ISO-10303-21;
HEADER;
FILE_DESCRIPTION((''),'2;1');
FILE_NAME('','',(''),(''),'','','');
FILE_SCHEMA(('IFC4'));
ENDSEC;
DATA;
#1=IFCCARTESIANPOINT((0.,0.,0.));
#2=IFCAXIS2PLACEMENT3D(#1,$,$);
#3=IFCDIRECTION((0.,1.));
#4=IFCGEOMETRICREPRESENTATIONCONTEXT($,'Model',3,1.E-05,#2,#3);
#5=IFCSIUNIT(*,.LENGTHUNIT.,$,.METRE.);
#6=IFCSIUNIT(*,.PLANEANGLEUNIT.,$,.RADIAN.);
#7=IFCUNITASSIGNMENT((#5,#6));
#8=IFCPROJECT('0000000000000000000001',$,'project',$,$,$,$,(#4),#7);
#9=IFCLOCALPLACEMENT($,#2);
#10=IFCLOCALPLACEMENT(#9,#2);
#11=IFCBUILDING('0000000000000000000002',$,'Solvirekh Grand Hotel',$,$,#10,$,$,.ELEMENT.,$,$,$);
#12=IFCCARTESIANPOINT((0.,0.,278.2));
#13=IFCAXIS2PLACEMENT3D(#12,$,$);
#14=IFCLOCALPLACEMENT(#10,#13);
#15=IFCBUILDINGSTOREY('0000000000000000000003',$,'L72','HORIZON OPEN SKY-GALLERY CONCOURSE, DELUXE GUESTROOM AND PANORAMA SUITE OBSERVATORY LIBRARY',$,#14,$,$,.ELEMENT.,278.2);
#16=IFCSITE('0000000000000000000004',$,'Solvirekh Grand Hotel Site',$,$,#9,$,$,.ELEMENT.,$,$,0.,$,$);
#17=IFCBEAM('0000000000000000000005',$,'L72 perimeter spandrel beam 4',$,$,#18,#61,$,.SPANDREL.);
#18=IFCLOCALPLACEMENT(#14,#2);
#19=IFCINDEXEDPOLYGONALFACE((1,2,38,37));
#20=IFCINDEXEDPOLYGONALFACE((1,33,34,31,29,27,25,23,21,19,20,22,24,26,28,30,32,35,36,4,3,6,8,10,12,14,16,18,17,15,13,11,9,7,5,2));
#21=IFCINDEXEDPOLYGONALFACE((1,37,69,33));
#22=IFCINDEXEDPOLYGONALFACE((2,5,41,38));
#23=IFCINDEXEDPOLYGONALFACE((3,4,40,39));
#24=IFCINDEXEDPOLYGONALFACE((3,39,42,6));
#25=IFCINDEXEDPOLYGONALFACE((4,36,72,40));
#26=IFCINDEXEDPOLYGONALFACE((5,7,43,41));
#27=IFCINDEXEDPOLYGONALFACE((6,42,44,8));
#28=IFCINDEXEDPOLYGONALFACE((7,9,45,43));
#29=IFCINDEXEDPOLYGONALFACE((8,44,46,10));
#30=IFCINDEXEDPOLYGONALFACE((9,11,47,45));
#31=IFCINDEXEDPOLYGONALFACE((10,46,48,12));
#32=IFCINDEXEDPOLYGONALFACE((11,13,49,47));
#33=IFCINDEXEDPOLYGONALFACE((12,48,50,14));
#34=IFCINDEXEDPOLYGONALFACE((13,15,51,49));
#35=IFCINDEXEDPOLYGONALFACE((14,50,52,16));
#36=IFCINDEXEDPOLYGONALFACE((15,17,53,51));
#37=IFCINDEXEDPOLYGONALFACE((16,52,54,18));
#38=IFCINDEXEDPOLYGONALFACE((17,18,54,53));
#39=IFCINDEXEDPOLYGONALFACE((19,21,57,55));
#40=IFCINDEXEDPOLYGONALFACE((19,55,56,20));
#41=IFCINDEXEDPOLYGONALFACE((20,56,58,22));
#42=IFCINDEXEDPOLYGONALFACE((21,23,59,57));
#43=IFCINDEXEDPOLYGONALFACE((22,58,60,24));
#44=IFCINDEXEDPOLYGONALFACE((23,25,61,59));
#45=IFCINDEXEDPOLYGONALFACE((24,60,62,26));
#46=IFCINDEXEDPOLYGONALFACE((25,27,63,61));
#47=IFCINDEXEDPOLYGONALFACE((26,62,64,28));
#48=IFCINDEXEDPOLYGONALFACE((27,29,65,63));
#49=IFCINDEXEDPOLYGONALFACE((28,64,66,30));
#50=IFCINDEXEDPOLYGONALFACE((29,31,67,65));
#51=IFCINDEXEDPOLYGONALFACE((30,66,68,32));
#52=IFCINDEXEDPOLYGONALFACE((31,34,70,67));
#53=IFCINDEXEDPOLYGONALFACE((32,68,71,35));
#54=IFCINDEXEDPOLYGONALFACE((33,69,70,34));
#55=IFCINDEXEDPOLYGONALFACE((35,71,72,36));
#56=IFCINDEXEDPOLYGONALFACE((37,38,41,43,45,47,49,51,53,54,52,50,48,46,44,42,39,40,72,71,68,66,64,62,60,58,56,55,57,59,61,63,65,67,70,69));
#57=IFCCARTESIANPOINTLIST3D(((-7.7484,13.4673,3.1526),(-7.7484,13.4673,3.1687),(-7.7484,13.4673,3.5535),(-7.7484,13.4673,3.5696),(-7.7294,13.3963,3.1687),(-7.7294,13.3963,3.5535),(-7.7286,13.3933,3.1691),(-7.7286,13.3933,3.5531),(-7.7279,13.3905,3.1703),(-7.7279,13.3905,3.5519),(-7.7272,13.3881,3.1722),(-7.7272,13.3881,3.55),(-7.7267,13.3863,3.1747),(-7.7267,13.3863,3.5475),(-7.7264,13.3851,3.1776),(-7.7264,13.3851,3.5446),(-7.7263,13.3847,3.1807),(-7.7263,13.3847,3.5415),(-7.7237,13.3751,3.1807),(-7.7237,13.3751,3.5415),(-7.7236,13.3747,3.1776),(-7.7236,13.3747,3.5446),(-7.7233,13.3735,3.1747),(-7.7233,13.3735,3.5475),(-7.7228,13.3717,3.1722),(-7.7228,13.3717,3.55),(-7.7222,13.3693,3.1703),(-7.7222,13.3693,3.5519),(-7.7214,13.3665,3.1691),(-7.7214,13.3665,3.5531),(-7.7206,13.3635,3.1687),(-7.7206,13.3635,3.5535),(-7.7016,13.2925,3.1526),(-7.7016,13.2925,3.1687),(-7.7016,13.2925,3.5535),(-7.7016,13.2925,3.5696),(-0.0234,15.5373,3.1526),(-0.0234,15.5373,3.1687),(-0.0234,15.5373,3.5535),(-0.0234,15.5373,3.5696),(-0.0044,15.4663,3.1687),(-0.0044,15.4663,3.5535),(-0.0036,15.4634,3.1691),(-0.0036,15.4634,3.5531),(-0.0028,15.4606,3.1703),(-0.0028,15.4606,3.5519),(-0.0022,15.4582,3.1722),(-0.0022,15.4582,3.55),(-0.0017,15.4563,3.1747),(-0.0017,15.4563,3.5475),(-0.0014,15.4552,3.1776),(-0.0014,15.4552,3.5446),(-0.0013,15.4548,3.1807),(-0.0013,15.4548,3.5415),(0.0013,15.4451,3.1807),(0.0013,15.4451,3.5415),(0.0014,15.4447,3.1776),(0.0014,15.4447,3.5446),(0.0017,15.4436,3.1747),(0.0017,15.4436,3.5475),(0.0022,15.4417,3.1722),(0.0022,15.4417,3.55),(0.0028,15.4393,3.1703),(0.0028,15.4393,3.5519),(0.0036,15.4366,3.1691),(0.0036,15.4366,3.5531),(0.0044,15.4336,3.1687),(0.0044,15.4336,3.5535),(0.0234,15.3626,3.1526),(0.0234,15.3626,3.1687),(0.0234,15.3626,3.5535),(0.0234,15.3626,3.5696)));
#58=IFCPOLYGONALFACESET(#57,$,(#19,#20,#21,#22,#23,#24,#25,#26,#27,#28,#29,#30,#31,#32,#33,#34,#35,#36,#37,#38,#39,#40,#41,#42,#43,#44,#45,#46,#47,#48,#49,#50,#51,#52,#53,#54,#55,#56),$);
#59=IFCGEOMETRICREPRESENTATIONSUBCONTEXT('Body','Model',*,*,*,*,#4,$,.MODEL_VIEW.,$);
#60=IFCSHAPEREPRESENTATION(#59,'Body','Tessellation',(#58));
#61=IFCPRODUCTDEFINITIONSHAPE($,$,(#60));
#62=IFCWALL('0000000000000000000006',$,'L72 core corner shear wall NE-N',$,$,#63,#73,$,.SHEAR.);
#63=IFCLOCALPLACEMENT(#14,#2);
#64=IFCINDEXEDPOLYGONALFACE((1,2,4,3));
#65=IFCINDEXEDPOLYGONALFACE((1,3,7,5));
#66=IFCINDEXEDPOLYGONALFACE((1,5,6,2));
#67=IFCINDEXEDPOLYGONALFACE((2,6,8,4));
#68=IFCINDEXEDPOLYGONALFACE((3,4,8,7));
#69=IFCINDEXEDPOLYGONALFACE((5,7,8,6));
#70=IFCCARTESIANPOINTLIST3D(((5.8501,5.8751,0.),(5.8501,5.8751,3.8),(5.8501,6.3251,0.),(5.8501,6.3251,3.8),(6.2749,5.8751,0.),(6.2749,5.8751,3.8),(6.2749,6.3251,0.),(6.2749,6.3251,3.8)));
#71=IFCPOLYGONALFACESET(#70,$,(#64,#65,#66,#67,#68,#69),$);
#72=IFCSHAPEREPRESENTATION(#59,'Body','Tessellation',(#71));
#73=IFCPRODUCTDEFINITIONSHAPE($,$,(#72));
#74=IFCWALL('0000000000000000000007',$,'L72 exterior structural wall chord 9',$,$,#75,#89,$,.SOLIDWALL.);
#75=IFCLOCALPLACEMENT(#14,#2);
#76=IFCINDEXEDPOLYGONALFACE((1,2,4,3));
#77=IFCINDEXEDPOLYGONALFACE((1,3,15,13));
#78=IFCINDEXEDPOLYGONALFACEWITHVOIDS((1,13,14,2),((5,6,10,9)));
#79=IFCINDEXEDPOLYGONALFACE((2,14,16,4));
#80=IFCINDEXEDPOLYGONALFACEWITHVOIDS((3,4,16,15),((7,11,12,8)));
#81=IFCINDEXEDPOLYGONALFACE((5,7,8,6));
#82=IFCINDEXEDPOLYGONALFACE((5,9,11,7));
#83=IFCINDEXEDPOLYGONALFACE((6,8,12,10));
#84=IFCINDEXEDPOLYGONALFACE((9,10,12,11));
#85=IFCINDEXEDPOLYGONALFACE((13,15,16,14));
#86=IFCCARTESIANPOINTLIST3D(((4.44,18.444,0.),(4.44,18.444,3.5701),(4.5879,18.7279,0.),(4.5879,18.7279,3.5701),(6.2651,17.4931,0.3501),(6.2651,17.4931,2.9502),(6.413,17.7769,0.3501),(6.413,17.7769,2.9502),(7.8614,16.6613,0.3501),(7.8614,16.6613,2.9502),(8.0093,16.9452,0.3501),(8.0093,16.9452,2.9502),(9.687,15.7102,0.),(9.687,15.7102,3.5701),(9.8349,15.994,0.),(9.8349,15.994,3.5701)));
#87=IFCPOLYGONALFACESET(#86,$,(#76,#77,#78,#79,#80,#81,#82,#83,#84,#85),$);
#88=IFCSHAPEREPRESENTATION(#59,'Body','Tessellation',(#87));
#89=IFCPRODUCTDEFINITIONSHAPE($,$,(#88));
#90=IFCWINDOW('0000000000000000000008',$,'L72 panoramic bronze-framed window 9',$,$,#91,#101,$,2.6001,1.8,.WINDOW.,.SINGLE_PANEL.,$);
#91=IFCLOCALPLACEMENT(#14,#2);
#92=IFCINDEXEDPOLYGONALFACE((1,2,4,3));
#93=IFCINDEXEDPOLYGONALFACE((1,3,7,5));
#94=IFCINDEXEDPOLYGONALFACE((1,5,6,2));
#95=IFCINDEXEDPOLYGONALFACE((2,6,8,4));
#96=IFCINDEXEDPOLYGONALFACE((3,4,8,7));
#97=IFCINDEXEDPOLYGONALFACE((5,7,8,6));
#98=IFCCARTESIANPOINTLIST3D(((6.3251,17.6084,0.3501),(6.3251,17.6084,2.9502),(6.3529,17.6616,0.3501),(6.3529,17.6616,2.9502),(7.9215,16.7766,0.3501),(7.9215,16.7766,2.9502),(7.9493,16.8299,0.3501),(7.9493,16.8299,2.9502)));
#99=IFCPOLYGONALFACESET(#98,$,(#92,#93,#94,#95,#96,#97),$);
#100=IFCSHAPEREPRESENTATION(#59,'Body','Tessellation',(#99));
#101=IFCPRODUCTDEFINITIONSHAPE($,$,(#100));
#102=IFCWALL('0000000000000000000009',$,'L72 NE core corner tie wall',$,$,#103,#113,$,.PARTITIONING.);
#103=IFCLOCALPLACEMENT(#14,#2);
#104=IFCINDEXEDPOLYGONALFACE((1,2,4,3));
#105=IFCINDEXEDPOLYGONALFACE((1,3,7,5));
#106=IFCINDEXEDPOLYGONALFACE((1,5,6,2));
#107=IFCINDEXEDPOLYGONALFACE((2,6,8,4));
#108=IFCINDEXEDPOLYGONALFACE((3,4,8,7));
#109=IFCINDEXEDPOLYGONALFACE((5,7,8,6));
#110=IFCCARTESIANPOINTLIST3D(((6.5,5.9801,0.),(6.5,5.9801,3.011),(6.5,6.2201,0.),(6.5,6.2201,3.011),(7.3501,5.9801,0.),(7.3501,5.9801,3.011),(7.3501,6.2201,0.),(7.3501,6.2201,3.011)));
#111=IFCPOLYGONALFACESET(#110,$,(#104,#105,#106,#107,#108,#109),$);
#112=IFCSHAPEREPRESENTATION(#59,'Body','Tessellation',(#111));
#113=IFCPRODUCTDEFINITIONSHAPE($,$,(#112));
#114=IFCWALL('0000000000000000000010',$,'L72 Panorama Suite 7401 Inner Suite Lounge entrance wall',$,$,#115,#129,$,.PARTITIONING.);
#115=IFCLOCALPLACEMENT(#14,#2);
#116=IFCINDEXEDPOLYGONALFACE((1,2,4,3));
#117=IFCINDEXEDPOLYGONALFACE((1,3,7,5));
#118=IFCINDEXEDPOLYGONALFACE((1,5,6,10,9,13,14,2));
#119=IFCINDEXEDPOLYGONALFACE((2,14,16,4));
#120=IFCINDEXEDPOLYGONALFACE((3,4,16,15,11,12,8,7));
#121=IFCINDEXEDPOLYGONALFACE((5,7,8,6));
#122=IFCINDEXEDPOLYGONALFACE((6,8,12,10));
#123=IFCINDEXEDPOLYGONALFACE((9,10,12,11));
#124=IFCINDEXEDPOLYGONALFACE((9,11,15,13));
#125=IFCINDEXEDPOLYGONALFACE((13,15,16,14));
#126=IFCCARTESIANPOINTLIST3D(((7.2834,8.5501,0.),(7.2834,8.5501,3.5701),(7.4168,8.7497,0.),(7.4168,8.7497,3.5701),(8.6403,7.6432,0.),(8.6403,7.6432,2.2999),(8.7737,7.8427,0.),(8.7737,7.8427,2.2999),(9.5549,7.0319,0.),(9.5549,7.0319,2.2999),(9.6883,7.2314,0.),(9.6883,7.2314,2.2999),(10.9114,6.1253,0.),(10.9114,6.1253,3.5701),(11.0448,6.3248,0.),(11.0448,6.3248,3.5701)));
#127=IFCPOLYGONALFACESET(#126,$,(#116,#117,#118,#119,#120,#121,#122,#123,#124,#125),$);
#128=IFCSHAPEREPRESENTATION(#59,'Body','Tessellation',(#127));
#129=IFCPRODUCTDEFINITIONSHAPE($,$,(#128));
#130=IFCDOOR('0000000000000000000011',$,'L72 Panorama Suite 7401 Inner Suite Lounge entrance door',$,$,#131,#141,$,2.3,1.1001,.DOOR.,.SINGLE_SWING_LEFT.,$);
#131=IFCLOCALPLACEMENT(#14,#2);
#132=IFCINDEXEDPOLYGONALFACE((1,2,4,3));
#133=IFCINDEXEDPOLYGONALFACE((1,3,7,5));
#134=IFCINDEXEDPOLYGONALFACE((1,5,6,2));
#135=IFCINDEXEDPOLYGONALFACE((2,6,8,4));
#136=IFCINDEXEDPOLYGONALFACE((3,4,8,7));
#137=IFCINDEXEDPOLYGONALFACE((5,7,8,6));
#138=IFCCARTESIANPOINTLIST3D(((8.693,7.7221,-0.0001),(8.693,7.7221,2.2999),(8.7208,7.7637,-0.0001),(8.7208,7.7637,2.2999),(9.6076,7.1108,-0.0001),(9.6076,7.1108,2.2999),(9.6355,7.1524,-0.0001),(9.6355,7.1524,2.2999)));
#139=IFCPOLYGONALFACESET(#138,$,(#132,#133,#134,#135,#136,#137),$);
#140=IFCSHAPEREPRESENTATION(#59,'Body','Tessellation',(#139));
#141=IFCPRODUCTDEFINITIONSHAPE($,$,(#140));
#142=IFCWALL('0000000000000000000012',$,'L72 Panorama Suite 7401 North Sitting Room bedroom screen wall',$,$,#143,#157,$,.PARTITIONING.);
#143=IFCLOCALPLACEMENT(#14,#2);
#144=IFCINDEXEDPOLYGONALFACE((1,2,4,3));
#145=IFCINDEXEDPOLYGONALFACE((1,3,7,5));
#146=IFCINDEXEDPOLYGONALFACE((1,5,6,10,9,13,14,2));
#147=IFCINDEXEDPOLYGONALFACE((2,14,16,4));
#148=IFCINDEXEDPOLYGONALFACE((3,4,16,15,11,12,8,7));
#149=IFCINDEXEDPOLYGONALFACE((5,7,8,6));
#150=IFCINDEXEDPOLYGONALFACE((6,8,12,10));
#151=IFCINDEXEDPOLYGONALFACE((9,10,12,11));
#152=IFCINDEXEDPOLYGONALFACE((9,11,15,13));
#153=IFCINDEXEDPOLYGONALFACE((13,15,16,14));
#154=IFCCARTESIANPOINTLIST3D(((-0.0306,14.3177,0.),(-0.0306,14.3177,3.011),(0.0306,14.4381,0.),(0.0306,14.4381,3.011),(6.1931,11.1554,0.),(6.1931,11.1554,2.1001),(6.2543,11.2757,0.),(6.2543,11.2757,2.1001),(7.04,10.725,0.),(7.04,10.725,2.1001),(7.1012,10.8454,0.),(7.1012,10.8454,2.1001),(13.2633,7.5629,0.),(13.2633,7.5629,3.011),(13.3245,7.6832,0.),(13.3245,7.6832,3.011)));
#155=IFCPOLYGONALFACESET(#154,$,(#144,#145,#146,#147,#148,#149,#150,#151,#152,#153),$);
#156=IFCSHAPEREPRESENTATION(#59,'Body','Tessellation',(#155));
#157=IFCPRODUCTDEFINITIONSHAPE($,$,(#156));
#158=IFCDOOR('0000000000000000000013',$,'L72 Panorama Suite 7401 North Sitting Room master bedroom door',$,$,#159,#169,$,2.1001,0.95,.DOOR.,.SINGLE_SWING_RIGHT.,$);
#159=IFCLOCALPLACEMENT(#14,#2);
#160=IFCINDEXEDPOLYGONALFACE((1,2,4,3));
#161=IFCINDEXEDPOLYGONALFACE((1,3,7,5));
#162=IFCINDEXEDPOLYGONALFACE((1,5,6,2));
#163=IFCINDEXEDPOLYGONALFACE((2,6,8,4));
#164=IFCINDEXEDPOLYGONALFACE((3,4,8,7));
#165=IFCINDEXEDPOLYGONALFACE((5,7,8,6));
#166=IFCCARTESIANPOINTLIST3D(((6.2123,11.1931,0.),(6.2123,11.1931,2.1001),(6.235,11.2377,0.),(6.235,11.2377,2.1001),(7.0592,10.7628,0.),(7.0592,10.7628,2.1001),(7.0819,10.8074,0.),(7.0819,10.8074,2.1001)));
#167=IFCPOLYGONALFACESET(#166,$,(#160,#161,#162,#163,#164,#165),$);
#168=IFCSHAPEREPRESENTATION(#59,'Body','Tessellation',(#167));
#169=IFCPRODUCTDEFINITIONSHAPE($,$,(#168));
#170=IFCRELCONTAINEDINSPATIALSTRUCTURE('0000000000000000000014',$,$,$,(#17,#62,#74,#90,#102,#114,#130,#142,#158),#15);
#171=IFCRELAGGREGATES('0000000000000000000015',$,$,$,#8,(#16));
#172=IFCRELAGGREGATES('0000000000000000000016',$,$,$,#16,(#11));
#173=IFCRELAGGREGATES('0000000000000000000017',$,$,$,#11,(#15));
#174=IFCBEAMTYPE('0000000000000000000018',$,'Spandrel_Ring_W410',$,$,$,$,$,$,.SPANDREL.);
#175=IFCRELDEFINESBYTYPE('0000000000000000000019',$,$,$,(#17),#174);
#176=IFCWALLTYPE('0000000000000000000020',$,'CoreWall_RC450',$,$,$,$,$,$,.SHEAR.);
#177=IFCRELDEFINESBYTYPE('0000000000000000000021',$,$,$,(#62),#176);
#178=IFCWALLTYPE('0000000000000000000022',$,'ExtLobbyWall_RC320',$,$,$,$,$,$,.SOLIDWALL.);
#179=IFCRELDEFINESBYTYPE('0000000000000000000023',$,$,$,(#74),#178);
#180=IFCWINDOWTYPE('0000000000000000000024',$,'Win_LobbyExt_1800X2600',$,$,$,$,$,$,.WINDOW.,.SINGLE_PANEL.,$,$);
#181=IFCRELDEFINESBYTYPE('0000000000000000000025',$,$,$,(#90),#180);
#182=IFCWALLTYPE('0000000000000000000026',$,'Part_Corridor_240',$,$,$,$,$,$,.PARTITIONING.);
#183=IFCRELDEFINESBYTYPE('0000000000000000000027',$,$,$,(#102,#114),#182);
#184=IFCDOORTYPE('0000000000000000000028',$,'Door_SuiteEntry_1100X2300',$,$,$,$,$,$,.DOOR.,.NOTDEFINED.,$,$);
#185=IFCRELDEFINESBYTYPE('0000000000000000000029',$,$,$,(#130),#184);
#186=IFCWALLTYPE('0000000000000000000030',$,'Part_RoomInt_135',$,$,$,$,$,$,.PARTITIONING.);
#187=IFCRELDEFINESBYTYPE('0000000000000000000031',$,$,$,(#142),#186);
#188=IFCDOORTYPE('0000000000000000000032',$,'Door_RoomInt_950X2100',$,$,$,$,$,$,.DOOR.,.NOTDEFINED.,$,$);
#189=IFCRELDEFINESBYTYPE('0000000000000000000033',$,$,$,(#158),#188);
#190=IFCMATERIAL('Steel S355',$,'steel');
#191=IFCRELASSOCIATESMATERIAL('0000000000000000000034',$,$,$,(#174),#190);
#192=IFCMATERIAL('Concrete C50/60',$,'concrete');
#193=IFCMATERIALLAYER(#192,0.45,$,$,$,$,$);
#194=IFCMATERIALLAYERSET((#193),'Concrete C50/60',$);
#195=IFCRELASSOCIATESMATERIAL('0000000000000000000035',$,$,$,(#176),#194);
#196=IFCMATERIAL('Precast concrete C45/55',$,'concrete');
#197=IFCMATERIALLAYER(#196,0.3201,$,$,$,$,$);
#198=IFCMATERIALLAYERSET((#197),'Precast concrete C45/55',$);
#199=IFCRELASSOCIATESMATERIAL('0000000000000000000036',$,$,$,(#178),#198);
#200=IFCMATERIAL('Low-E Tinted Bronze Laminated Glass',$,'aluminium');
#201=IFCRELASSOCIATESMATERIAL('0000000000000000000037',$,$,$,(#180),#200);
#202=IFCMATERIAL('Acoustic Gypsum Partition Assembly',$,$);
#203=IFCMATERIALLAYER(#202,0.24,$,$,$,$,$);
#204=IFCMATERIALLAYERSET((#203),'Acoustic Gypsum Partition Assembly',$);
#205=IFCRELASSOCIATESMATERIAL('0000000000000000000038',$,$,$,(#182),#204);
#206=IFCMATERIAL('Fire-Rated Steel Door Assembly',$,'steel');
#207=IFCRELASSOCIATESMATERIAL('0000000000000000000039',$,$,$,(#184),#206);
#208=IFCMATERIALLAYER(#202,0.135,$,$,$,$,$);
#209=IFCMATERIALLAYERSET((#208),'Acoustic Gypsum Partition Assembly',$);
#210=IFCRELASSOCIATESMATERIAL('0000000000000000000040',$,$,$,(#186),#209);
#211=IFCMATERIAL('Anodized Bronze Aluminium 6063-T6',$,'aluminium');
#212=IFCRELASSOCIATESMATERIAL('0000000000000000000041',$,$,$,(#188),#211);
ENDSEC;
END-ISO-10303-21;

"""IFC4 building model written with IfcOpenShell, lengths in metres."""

from ifc_helpers import new_model, si_unit, direction, frame, frame_2d, origin, origin_2d, place, context, subcontext, project, spatial, rectangle, i_section, extrude, material, layer, layer_set, material_profile, profile_set, type_object, element, fill, save


model = new_model("IFC4")

# Units and contexts
model_context = context("Model", 3, precision=1e-05, world=origin(), true_north=direction((0.0, 1.0)))
body_context = subcontext(model_context, "Body", "Model", "MODEL_VIEW")
ifc_project = project(units=[si_unit("LENGTHUNIT", "METRE"), si_unit("PLANEANGLEUNIT", "RADIAN")], contexts=[model_context])

# Site, building, storey
site_placement = place(None, origin())
site = spatial("IfcSite", under=ifc_project, at=site_placement, Name="Solvirekh Grand Hotel Site", CompositionType="ELEMENT", RefElevation=0.0)
building_placement = place(site_placement, origin())
building = spatial("IfcBuilding", under=site, at=building_placement, Name="Solvirekh Grand Hotel", CompositionType="ELEMENT")
storey_placement = place(building_placement, frame((0.0, 0.0, 278.2)))
storey = spatial("IfcBuildingStorey", under=building, at=storey_placement, Name="L72", Description="HORIZON OPEN SKY-GALLERY CONCOURSE, DELUXE GUESTROOM AND PANORAMA SUITE OBSERVATORY LIBRARY", CompositionType="ELEMENT", Elevation=278.2)

# Shared definitions
ifc_material_1 = material(Name="Concrete C50/60", Category="concrete")

# Beam
ifc_material_2 = material(Name="Steel S355", Category="steel")
ifc_material_profile_1 = material_profile(ifc_material_2, i_section(OverallWidth=0.1809, OverallDepth=0.417, WebThickness=0.01, FlangeThickness=0.0161, FilletRadius=0.012, at=origin_2d()), Name="W410X85")
ifc_profile_set_1 = profile_set([ifc_material_profile_1], Name="Steel S355")
beam_type_1 = type_object("IfcBeamType", Name="Spandrel_Ring_W410", PredefinedType="SPANDREL", material=ifc_profile_set_1)
beam_1_placement = place(storey_placement, frame((0.0, 15.45, 3.3611), z_axis=(-0.965922, -0.258835, 0.0), x_axis=(0.258835, -0.965922, 0.0)))
element("IfcBeam", 1, at=beam_1_placement, inside=storey, type_object=beam_type_1, Name="L72 perimeter spandrel beam 4", PredefinedType="SPANDREL", context=body_context, shape_type="SweptSolid", body=[
    extrude(i_section(OverallWidth=0.1809, OverallDepth=0.417, WebThickness=0.01, FlangeThickness=0.0161, FilletRadius=0.012, at=origin_2d()), origin(), (0.0, 0.0, 1.0), 7.9976),
])

# Wall
ifc_layer_1 = layer(ifc_material_1, 0.45)
ifc_layer_set_1 = layer_set([ifc_layer_1], Name="Concrete C50/60")
wall_type_1 = type_object("IfcWallType", Name="CoreWall_RC450", PredefinedType="SHEAR", material=ifc_layer_set_1)
wall_1_placement = place(storey_placement, frame((5.8501, 6.1001, 0.0), z_axis=(0.0, 0.0, 1.0), x_axis=(1.0, 0.0, 0.0)))
element("IfcWall", 2, at=wall_1_placement, inside=storey, type_object=wall_type_1, Name="L72 core corner shear wall NE-N", PredefinedType="SHEAR", context=body_context, shape_type="SweptSolid", body=[
    extrude(rectangle(XDim=0.4248, YDim=0.45, at=frame_2d((0.2124, 0.0))), origin(), (0.0, 0.0, 1.0), 3.8),
])

# Wall, opening, window
ifc_material_3 = material(Name="Precast concrete C45/55", Category="concrete")
ifc_layer_2 = layer(ifc_material_3, 0.3201)
ifc_layer_set_2 = layer_set([ifc_layer_2], Name="Precast concrete C45/55")
wall_type_2 = type_object("IfcWallType", Name="ExtLobbyWall_RC320", PredefinedType="SOLIDWALL", material=ifc_layer_set_2)
wall_2_placement = place(storey_placement, frame((4.5139, 18.5859, 0.0), z_axis=(0.0, 0.0, 1.0), x_axis=(0.886842, -0.462072, 0.0)))
wall_2 = element("IfcWall", 3, at=wall_2_placement, inside=storey, type_object=wall_type_2, Name="L72 exterior structural wall chord 9", PredefinedType="SOLIDWALL", context=body_context, shape_type="SweptSolid", body=[
    extrude(rectangle(XDim=5.9165, YDim=0.3201, at=frame_2d((2.9583, 0.0))), origin(), (0.0, 0.0, 1.0), 3.5701),
])
opening_1_placement = place(wall_2_placement, frame((2.0581, 0.0, 0.3501)))
opening_1 = element("IfcOpeningElement", 4, at=opening_1_placement, cuts=wall_2, PredefinedType="OPENING", context=body_context, shape_type="SweptSolid", body=[
    extrude(rectangle(XDim=1.8, YDim=2.6001, at=frame_2d((0.8999, 1.3))), frame((0.0, 0.1699, 0.0), z_axis=(0.0, -1.0, 0.0), x_axis=(1.0, 0.0, 0.0)), (0.0, 0.0, 1.0), 0.3401),
])
ifc_material_4 = material(Name="Low-E Tinted Bronze Laminated Glass", Category="aluminium")
window_type = type_object("IfcWindowType", Name="Win_LobbyExt_1800X2600", PartitioningType="SINGLE_PANEL", PredefinedType="WINDOW", material=ifc_material_4)
window_placement = place(opening_1_placement, origin())
window = element("IfcWindow", 5, at=window_placement, inside=storey, type_object=window_type, Name="L72 panoramic bronze-framed window 9", OverallHeight=2.6001, OverallWidth=1.8, PartitioningType="SINGLE_PANEL", PredefinedType="WINDOW", context=body_context, shape_type="SweptSolid", body=[
    extrude(rectangle(XDim=1.8, YDim=2.6001, at=frame_2d((0.8999, 1.3))), frame((0.0, 0.03, 0.0), z_axis=(0.0, -1.0, 0.0), x_axis=(1.0, 0.0, 0.0)), (0.0, 0.0, 1.0), 0.0601),
])
fill(opening_1, window)

# Wall
ifc_material_5 = material(Name="Acoustic Gypsum Partition Assembly")
ifc_layer_3 = layer(ifc_material_5, 0.24)
ifc_layer_set_3 = layer_set([ifc_layer_3], Name="Acoustic Gypsum Partition Assembly")
wall_type_3 = type_object("IfcWallType", Name="Part_Corridor_240", PredefinedType="PARTITIONING", material=ifc_layer_set_3)
wall_3_placement = place(storey_placement, frame((6.5, 6.1001, 0.0), z_axis=(0.0, 0.0, 1.0), x_axis=(1.0, 0.0, 0.0)))
element("IfcWall", 6, at=wall_3_placement, inside=storey, type_object=wall_type_3, Name="L72 NE core corner tie wall", PredefinedType="PARTITIONING", context=body_context, shape_type="SweptSolid", body=[
    extrude(rectangle(XDim=0.8501, YDim=0.24, at=frame_2d((0.425, 0.0))), origin(), (0.0, 0.0, 1.0), 3.011),
])

# Walls, openings, doors
wall_4_placement = place(storey_placement, frame((7.3501, 8.6499, 0.0), z_axis=(0.0, 0.0, 1.0), x_axis=(0.831396, -0.555681, 0.0)))
wall_4 = element("IfcWall", 7, at=wall_4_placement, inside=storey, type_object=wall_type_3, Name="L72 Panorama Suite 7401 Inner Suite Lounge entrance wall", PredefinedType="PARTITIONING", context=body_context, shape_type="SweptSolid", body=[
    extrude(rectangle(XDim=4.3638, YDim=0.24, at=frame_2d((2.1819, 0.0))), origin(), (0.0, 0.0, 1.0), 3.5701),
])
opening_2_placement = place(wall_4_placement, frame((1.6321, 0.0, 0.0)))
opening_2 = element("IfcOpeningElement", 8, at=opening_2_placement, cuts=wall_4, PredefinedType="OPENING", context=body_context, shape_type="SweptSolid", body=[
    extrude(rectangle(XDim=1.1001, YDim=2.3, at=frame_2d((0.55, 1.1499))), frame((0.0, 0.1299, 0.0), z_axis=(0.0, -1.0, 0.0), x_axis=(1.0, 0.0, 0.0)), (0.0, 0.0, 1.0), 0.26),
])
ifc_material_6 = material(Name="Fire-Rated Steel Door Assembly", Category="steel")
door_type_1 = type_object("IfcDoorType", Name="Door_SuiteEntry_1100X2300", OperationType="NOTDEFINED", PredefinedType="DOOR", material=ifc_material_6)
door_1_placement = place(opening_2_placement, origin())
door_1 = element("IfcDoor", 9, at=door_1_placement, inside=storey, type_object=door_type_1, Name="L72 Panorama Suite 7401 Inner Suite Lounge entrance door", OperationType="SINGLE_SWING_LEFT", OverallHeight=2.3, OverallWidth=1.1001, PredefinedType="DOOR", context=body_context, shape_type="SweptSolid", body=[
    extrude(rectangle(XDim=1.1001, YDim=2.3, at=frame_2d((0.55, 1.1499))), frame((0.0, 0.0249, 0.0), z_axis=(0.0, -1.0, 0.0), x_axis=(1.0, 0.0, 0.0)), (0.0, 0.0, 1.0), 0.05),
])
fill(opening_2, door_1)
ifc_layer_4 = layer(ifc_material_5, 0.135)
ifc_layer_set_4 = layer_set([ifc_layer_4], Name="Acoustic Gypsum Partition Assembly")
wall_type_4 = type_object("IfcWallType", Name="Part_RoomInt_135", PredefinedType="PARTITIONING", material=ifc_layer_set_4)
wall_5_placement = place(storey_placement, frame((0.0, 14.3779, 0.0), z_axis=(0.0, 0.0, 1.0), x_axis=(0.891514, -0.452994, 0.0)))
wall_5 = element("IfcWall", 10, at=wall_5_placement, inside=storey, type_object=wall_type_4, Name="L72 Panorama Suite 7401 North Sitting Room bedroom screen wall", PredefinedType="PARTITIONING", context=body_context, shape_type="SweptSolid", body=[
    extrude(rectangle(XDim=14.9116, YDim=0.135, at=frame_2d((7.4558, 0.0))), origin(), (0.0, 0.0, 1.0), 3.011),
])
opening_3_placement = place(wall_5_placement, frame((6.981, 0.0, 0.0)))
opening_3 = element("IfcOpeningElement", 11, at=opening_3_placement, cuts=wall_5, PredefinedType="OPENING", context=body_context, shape_type="SweptSolid", body=[
    extrude(rectangle(XDim=0.95, YDim=2.1001, at=frame_2d((0.4751, 1.05))), frame((0.0, 0.0776, 0.0), z_axis=(0.0, -1.0, 0.0), x_axis=(1.0, 0.0, 0.0)), (0.0, 0.0, 1.0), 0.155),
])
ifc_material_7 = material(Name="Anodized Bronze Aluminium 6063-T6", Category="aluminium")
door_type_2 = type_object("IfcDoorType", Name="Door_RoomInt_950X2100", OperationType="NOTDEFINED", PredefinedType="DOOR", material=ifc_material_7)
door_2_placement = place(opening_3_placement, origin())
door_2 = element("IfcDoor", 12, at=door_2_placement, inside=storey, type_object=door_type_2, Name="L72 Panorama Suite 7401 North Sitting Room master bedroom door", OperationType="SINGLE_SWING_RIGHT", OverallHeight=2.1001, OverallWidth=0.95, PredefinedType="DOOR", context=body_context, shape_type="SweptSolid", body=[
    extrude(rectangle(XDim=0.95, YDim=2.1001, at=frame_2d((0.4751, 1.05))), frame((0.0, 0.0249, 0.0), z_axis=(0.0, -1.0, 0.0), x_axis=(1.0, 0.0, 0.0)), (0.0, 0.0, 1.0), 0.05),
])
fill(opening_3, door_2)

save(model, "model.ifc")
